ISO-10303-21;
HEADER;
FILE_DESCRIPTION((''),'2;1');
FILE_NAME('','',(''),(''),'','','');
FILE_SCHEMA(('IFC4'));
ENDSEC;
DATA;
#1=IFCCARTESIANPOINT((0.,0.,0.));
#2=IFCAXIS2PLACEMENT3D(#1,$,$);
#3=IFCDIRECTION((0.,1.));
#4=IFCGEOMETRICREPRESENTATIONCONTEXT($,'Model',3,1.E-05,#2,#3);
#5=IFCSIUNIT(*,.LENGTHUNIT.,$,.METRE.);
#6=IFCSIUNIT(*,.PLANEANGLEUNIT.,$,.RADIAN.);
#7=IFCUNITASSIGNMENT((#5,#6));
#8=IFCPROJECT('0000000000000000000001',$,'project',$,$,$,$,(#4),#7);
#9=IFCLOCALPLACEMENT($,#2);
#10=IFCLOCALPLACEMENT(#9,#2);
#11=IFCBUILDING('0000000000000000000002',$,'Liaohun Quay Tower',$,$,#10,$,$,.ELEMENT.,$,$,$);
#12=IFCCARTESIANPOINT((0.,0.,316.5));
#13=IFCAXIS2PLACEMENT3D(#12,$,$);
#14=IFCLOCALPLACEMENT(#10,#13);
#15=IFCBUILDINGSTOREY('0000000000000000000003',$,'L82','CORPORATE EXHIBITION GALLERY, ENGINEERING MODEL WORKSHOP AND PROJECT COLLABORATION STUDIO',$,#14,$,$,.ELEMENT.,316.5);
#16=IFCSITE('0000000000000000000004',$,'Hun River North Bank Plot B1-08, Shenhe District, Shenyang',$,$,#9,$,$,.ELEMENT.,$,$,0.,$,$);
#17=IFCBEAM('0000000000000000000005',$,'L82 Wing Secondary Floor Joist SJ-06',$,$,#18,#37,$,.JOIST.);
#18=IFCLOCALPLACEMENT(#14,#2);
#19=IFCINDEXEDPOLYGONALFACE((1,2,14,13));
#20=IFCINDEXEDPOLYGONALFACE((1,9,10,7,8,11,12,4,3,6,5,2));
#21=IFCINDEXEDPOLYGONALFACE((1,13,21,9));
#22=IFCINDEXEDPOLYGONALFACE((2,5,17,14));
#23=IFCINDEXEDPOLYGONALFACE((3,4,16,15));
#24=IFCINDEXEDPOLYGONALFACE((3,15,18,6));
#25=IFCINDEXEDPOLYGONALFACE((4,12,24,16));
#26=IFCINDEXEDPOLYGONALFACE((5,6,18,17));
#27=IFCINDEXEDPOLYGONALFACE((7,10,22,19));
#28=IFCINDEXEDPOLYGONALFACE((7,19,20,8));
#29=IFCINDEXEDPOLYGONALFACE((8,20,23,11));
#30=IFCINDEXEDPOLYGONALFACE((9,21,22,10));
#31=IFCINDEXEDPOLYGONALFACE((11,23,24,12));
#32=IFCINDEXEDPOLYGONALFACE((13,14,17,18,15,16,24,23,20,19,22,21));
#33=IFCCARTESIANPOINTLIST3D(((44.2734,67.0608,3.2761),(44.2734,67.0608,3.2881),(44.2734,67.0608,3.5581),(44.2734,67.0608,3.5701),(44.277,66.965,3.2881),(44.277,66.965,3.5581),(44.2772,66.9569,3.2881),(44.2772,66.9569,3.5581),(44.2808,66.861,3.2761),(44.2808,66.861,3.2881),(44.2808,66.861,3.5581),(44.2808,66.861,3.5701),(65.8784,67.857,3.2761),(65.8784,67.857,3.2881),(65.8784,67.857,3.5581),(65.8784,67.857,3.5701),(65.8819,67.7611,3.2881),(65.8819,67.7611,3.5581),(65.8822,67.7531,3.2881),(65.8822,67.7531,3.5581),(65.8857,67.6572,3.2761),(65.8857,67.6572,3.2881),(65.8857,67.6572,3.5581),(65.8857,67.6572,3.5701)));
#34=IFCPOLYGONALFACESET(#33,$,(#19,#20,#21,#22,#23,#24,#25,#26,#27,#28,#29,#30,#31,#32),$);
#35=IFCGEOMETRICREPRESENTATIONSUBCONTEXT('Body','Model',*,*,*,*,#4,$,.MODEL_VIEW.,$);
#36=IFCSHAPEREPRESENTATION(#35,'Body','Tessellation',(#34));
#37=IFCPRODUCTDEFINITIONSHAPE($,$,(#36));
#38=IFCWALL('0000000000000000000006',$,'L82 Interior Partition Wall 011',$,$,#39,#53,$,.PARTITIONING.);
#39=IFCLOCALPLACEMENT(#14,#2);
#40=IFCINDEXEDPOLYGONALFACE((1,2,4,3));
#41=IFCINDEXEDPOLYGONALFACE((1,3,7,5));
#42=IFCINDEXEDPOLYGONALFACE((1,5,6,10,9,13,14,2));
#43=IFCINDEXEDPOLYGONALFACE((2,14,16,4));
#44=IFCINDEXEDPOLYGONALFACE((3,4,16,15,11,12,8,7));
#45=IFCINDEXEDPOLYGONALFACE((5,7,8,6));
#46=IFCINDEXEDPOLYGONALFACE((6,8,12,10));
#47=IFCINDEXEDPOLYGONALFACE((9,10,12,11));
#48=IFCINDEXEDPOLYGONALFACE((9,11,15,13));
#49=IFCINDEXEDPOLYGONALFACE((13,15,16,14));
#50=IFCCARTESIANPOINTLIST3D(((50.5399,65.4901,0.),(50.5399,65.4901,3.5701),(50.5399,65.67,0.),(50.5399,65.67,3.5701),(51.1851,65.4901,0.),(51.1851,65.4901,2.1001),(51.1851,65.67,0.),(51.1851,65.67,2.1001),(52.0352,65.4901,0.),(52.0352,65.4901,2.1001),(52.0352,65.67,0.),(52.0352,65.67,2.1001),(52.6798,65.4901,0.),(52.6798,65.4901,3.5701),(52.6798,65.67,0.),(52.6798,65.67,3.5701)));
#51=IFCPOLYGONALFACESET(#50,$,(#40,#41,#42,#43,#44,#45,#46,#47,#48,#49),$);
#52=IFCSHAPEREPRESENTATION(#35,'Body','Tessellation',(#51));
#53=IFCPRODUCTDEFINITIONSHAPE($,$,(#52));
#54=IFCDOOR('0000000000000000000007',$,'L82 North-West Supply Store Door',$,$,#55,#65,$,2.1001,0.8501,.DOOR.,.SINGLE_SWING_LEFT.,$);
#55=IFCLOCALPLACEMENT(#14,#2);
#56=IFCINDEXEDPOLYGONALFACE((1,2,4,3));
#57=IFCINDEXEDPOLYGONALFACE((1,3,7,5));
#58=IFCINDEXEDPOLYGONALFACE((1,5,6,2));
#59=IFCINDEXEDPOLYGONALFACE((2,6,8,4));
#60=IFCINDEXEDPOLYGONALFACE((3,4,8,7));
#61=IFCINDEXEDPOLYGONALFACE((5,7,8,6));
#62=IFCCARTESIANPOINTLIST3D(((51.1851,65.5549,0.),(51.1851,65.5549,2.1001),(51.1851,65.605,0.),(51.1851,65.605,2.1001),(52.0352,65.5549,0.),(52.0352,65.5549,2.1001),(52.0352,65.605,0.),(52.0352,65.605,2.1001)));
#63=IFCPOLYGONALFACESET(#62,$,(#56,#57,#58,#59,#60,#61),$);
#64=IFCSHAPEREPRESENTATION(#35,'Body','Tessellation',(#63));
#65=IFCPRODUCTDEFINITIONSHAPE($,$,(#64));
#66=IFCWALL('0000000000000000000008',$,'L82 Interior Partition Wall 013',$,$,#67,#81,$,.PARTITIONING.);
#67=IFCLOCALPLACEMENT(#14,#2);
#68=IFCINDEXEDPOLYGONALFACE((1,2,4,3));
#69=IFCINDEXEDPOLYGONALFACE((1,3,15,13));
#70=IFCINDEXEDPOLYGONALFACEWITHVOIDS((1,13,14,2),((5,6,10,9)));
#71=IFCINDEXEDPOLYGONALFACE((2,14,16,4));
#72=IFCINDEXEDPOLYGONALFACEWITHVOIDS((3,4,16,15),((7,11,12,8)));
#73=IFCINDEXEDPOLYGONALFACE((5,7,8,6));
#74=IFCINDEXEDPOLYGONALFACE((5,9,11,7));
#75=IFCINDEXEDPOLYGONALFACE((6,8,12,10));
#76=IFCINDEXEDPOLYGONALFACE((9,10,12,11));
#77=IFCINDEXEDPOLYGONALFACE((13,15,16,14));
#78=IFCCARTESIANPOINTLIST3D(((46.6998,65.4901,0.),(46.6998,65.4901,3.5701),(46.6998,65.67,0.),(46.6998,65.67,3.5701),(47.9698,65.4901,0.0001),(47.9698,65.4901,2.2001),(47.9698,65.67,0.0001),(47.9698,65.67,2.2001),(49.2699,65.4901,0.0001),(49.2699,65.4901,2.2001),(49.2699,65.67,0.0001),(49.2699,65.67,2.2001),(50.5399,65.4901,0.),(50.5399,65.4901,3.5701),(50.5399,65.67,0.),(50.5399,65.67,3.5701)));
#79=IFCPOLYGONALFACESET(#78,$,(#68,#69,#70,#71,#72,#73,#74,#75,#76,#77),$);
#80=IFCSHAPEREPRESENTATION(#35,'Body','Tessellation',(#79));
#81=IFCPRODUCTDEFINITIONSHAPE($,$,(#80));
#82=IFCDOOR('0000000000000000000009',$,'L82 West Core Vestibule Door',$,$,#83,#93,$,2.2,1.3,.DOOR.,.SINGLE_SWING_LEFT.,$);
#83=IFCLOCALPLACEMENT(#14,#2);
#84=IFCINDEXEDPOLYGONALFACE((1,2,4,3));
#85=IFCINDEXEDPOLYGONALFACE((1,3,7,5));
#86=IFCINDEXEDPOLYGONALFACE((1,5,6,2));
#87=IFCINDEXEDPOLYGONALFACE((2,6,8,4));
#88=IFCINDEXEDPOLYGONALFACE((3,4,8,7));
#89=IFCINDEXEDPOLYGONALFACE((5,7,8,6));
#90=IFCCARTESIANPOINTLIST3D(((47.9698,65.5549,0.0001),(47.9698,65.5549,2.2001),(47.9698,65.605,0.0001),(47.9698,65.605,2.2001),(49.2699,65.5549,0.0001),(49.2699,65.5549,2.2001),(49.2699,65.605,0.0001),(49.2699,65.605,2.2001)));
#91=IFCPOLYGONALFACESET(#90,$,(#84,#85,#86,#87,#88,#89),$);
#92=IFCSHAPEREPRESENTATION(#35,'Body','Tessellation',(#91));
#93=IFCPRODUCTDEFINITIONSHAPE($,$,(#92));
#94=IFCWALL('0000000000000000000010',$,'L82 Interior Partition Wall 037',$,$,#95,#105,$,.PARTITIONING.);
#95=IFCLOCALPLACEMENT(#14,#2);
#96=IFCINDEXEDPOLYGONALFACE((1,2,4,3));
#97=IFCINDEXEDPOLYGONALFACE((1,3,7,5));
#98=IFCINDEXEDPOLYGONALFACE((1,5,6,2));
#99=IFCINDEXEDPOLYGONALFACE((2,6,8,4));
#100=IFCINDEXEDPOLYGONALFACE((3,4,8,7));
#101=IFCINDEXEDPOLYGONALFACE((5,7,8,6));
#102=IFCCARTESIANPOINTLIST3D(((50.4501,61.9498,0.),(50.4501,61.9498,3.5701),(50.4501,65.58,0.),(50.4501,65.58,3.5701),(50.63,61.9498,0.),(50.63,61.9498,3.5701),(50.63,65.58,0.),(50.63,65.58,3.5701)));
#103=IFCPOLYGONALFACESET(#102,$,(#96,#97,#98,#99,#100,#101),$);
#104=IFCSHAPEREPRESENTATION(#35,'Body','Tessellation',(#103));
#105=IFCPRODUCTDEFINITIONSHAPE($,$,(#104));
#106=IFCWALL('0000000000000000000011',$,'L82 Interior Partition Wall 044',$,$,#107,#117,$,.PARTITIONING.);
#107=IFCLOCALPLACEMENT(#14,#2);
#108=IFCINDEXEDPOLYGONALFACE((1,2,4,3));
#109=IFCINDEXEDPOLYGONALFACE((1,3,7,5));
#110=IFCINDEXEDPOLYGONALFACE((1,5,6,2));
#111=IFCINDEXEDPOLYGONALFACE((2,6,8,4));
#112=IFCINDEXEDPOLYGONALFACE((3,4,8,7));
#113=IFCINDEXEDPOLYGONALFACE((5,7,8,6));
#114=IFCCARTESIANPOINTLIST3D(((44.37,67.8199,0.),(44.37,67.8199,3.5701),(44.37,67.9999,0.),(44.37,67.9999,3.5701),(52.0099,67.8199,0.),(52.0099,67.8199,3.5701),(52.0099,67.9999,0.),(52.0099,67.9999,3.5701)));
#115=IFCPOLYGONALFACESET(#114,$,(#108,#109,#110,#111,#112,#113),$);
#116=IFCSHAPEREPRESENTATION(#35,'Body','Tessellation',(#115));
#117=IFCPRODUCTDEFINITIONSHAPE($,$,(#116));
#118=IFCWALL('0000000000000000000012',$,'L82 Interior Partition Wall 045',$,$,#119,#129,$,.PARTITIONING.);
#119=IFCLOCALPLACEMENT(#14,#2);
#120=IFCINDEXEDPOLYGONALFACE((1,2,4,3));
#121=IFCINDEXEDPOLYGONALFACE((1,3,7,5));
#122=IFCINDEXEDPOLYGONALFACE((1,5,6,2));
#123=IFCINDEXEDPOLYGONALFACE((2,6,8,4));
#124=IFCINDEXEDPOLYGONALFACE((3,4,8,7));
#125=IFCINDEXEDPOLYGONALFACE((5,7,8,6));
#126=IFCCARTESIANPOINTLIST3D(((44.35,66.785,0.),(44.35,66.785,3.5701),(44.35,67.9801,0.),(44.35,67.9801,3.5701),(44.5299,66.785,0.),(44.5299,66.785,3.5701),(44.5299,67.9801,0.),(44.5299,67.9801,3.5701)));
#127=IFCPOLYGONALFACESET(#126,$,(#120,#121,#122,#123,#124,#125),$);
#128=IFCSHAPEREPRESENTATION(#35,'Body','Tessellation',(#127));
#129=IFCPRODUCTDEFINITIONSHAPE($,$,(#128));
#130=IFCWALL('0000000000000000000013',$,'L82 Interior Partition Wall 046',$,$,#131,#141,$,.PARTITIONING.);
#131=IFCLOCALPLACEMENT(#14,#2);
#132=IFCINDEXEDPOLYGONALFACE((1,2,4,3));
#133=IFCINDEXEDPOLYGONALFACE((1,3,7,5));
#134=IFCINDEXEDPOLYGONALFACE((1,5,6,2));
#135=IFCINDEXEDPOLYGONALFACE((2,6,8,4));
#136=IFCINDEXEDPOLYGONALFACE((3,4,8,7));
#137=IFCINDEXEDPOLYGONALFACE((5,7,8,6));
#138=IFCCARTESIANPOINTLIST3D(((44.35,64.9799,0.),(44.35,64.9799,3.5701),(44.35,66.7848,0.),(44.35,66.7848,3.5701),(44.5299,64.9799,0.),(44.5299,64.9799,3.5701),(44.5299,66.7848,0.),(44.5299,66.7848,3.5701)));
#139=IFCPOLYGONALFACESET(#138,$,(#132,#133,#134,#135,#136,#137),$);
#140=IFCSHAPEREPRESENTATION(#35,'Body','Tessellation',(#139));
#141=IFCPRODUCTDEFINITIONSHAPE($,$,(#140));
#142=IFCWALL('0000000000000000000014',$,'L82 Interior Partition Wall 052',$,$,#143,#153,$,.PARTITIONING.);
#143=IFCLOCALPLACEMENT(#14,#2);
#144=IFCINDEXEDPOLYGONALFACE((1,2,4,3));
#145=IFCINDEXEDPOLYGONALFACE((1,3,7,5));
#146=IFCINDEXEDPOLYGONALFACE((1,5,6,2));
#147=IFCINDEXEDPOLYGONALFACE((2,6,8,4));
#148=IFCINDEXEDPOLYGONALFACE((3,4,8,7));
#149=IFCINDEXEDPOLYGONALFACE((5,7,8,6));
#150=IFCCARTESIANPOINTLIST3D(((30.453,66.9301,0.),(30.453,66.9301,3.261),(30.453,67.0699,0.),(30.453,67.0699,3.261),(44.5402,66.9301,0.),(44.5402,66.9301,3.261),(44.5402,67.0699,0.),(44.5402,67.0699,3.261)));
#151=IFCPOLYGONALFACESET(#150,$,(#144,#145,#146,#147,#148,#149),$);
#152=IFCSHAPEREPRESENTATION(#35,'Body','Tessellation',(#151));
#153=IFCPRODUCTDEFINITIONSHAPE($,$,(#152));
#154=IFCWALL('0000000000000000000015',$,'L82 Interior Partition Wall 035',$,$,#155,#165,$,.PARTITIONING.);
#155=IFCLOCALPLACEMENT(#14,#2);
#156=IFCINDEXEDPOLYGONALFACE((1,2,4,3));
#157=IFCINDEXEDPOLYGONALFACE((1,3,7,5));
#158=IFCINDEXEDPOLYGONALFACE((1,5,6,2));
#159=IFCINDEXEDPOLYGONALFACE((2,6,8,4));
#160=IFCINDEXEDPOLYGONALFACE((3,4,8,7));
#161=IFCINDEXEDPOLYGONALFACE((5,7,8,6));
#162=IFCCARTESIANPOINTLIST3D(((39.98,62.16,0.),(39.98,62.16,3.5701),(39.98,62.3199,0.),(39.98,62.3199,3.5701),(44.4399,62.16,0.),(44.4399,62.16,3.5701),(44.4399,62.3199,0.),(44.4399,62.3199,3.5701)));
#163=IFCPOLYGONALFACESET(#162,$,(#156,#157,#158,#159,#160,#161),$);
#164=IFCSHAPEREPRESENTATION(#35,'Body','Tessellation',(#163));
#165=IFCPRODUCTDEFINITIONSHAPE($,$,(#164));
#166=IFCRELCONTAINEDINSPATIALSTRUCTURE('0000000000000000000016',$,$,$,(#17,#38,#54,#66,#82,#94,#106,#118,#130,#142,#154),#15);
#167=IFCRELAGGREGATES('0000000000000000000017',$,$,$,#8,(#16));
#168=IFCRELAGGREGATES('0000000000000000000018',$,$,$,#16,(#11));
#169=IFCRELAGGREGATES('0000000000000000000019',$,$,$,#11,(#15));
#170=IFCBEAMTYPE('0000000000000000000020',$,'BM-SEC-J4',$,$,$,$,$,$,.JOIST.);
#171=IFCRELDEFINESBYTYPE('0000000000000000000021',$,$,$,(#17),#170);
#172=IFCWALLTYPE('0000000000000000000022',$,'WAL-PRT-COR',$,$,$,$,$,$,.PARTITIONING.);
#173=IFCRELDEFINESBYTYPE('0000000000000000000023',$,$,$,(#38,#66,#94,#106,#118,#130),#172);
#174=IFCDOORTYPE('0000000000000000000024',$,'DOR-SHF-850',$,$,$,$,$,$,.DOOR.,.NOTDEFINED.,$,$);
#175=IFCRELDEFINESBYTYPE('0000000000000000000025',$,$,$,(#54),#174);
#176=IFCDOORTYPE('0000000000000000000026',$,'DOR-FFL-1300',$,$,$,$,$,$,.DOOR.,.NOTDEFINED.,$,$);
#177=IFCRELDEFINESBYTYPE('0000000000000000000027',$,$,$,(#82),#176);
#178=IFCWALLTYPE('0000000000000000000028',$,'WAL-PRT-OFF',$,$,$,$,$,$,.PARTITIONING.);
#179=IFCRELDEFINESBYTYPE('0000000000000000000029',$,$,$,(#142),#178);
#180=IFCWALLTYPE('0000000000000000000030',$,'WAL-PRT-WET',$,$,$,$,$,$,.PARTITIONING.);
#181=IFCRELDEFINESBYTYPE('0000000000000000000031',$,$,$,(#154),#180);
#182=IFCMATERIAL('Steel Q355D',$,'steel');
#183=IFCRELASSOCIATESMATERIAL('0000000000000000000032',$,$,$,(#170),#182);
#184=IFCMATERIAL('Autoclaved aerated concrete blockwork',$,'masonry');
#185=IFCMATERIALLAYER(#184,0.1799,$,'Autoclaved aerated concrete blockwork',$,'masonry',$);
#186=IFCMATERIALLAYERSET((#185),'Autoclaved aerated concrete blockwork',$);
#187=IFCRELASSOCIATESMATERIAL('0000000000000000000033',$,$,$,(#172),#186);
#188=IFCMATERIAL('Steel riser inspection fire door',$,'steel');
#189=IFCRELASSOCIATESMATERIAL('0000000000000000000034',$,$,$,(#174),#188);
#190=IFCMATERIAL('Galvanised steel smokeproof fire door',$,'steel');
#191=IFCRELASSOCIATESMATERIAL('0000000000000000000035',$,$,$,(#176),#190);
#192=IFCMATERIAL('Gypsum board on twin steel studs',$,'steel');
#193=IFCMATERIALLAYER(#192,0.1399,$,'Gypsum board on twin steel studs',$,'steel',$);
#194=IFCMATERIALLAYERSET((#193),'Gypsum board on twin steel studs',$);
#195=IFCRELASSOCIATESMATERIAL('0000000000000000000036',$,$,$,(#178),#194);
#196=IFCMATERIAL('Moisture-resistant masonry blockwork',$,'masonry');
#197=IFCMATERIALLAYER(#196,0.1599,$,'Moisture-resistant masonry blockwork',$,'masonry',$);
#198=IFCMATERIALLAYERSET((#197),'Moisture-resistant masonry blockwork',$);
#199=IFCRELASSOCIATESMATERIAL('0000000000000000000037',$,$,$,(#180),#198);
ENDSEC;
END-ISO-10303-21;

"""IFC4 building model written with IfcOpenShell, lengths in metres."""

from ifc_helpers import new_model, si_unit, direction, frame, frame_2d, origin, origin_2d, place, context, subcontext, project, spatial, rectangle, i_section, extrude, source, transform, mapped, material, layer, layer_set, material_profile, profile_set, type_object, element, fill, save


model = new_model("IFC4")

# Units and contexts
model_context = context("Model", 3, precision=1e-05, world=origin(), true_north=direction((0.0, 1.0)))
body_context = subcontext(model_context, "Body", "Model", "MODEL_VIEW")
ifc_project = project(units=[si_unit("LENGTHUNIT", "METRE"), si_unit("PLANEANGLEUNIT", "RADIAN")], contexts=[model_context])

# Site, building, storey
site_placement = place(None, origin())
site = spatial("IfcSite", under=ifc_project, at=site_placement, Name="Hun River North Bank Plot B1-08, Shenhe District, Shenyang", CompositionType="ELEMENT", RefElevation=0.0)
building_placement = place(site_placement, origin())
building = spatial("IfcBuilding", under=site, at=building_placement, Name="Liaohun Quay Tower", CompositionType="ELEMENT")
storey_placement = place(building_placement, frame((0.0, 0.0, 316.5)))
storey = spatial("IfcBuildingStorey", under=building, at=storey_placement, Name="L82", Description="CORPORATE EXHIBITION GALLERY, ENGINEERING MODEL WORKSHOP AND PROJECT COLLABORATION STUDIO", CompositionType="ELEMENT", Elevation=316.5)

# Beam
ifc_material_1 = material(Name="Steel Q355D", Category="steel")
ifc_material_profile = material_profile(ifc_material_1, i_section(OverallWidth=0.2, OverallDepth=0.2939, WebThickness=0.0081, FlangeThickness=0.012, at=origin_2d()), Name="HM294x200x8x12")
ifc_profile_set = profile_set([ifc_material_profile], Name="Steel Q355D")
beam_type = type_object("IfcBeamType", Name="BM-SEC-J4", PredefinedType="JOIST", material=ifc_profile_set)
shared_shape_1 = source(origin(), body_context, "Body", "SweptSolid", [
    extrude(i_section(OverallWidth=0.2, OverallDepth=0.2939, WebThickness=0.0081, FlangeThickness=0.012, at=origin_2d()), origin(), (0.0, 0.0, 1.0), 21.6196),
])
beam_placement = place(storey_placement, frame((44.2771, 66.9609, 3.4231), z_axis=(0.999322, 0.036825, 0.0), x_axis=(-0.036825, 0.999322, 0.0)))
element("IfcBeam", 1, at=beam_placement, inside=storey, type_object=beam_type, Name="L82 Wing Secondary Floor Joist SJ-06", PredefinedType="JOIST", context=body_context, shape_type="MappedRepresentation", body=[
    mapped(shared_shape_1, transform((0.0, 0.0, 0.0), x_axis=(1.0, 0.0, 0.0), y_axis=(0.0, 1.0, 0.0), z_axis=(0.0, 0.0, 1.0), scale=1.0)),
])

# Walls, openings, doors
ifc_material_2 = material(Name="Autoclaved aerated concrete blockwork", Category="masonry")
ifc_layer_1 = layer(ifc_material_2, 0.1799, Name="Autoclaved aerated concrete blockwork", Category="masonry")
ifc_layer_set_1 = layer_set([ifc_layer_1], Name="Autoclaved aerated concrete blockwork")
wall_type_1 = type_object("IfcWallType", Name="WAL-PRT-COR", PredefinedType="PARTITIONING", material=ifc_layer_set_1)
wall_1_placement = place(storey_placement, frame((50.54, 65.5801, 0.0), z_axis=(0.0, 0.0, 1.0), x_axis=(1.0, 0.0, 0.0)))
wall_1 = element("IfcWall", 2, at=wall_1_placement, inside=storey, type_object=wall_type_1, Name="L82 Interior Partition Wall 011", PredefinedType="PARTITIONING", context=body_context, shape_type="SweptSolid", body=[
    extrude(rectangle(XDim=2.1399, YDim=0.1799, at=frame_2d((1.0698, 0.0))), origin(), (0.0, 0.0, 1.0), 3.5701),
])
shared_shape_2 = source(origin(), body_context, "Body", "SweptSolid", [
    extrude(rectangle(XDim=0.8501, YDim=2.1001, at=frame_2d((0.425, 1.05))), frame((0.0, 0.0999, 0.0), z_axis=(0.0, -1.0, 0.0), x_axis=(1.0, 0.0, 0.0)), (0.0, 0.0, 1.0), 0.2),
])
opening_1_placement = place(wall_1_placement, frame((0.645, 0.0, 0.0)))
opening_1 = element("IfcOpeningElement", 3, at=opening_1_placement, cuts=wall_1, PredefinedType="OPENING", context=body_context, shape_type="MappedRepresentation", body=[
    mapped(shared_shape_2, transform((0.0, 0.0, 0.0), x_axis=(1.0, 0.0, 0.0), y_axis=(0.0, 1.0, 0.0), z_axis=(0.0, 0.0, 1.0), scale=1.0)),
])
ifc_material_3 = material(Name="Steel riser inspection fire door", Category="steel")
door_type_1 = type_object("IfcDoorType", Name="DOR-SHF-850", OperationType="NOTDEFINED", PredefinedType="DOOR", material=ifc_material_3)
shared_shape_3 = source(origin(), body_context, "Body", "SweptSolid", [
    extrude(rectangle(XDim=0.8501, YDim=2.1001, at=frame_2d((0.425, 1.05))), frame((0.0, 0.0249, 0.0), z_axis=(0.0, -1.0, 0.0), x_axis=(1.0, 0.0, 0.0)), (0.0, 0.0, 1.0), 0.05),
])
door_1_placement = place(opening_1_placement, origin())
door_1 = element("IfcDoor", 4, at=door_1_placement, inside=storey, type_object=door_type_1, Name="L82 North-West Supply Store Door", OperationType="SINGLE_SWING_LEFT", OverallHeight=2.1001, OverallWidth=0.8501, PredefinedType="DOOR", context=body_context, shape_type="MappedRepresentation", body=[
    mapped(shared_shape_3, transform((0.0, 0.0, 0.0), x_axis=(1.0, 0.0, 0.0), y_axis=(0.0, 1.0, 0.0), z_axis=(0.0, 0.0, 1.0), scale=1.0)),
])
fill(opening_1, door_1)
wall_2_placement = place(storey_placement, frame((46.7, 65.5801, 0.0), z_axis=(0.0, 0.0, 1.0), x_axis=(1.0, 0.0, 0.0)))
wall_2 = element("IfcWall", 5, at=wall_2_placement, inside=storey, type_object=wall_type_1, Name="L82 Interior Partition Wall 013", PredefinedType="PARTITIONING", context=body_context, shape_type="SweptSolid", body=[
    extrude(rectangle(XDim=3.8401, YDim=0.1799, at=frame_2d((1.9199, 0.0))), origin(), (0.0, 0.0, 1.0), 3.5701),
])
shared_shape_4 = source(origin(), body_context, "Body", "SweptSolid", [
    extrude(rectangle(XDim=1.3, YDim=2.2, at=frame_2d((0.6499, 1.1001))), frame((0.0, 0.0999, 0.0), z_axis=(0.0, -1.0, 0.0), x_axis=(1.0, 0.0, 0.0)), (0.0, 0.0, 1.0), 0.2),
])
opening_2_placement = place(wall_2_placement, frame((1.27, 0.0, 0.0)))
opening_2 = element("IfcOpeningElement", 6, at=opening_2_placement, cuts=wall_2, PredefinedType="OPENING", context=body_context, shape_type="MappedRepresentation", body=[
    mapped(shared_shape_4, transform((0.0, 0.0, 0.0), x_axis=(1.0, 0.0, 0.0), y_axis=(0.0, 1.0, 0.0), z_axis=(0.0, 0.0, 1.0), scale=1.0)),
])
ifc_material_4 = material(Name="Galvanised steel smokeproof fire door", Category="steel")
door_type_2 = type_object("IfcDoorType", Name="DOR-FFL-1300", OperationType="NOTDEFINED", PredefinedType="DOOR", material=ifc_material_4)
shared_shape_5 = source(origin(), body_context, "Body", "SweptSolid", [
    extrude(rectangle(XDim=1.3, YDim=2.2, at=frame_2d((0.6499, 1.1001))), frame((0.0, 0.0249, 0.0), z_axis=(0.0, -1.0, 0.0), x_axis=(1.0, 0.0, 0.0)), (0.0, 0.0, 1.0), 0.05),
])
door_2_placement = place(opening_2_placement, origin())
door_2 = element("IfcDoor", 7, at=door_2_placement, inside=storey, type_object=door_type_2, Name="L82 West Core Vestibule Door", OperationType="SINGLE_SWING_LEFT", OverallHeight=2.2, OverallWidth=1.3, PredefinedType="DOOR", context=body_context, shape_type="MappedRepresentation", body=[
    mapped(shared_shape_5, transform((0.0, 0.0, 0.0), x_axis=(1.0, 0.0, 0.0), y_axis=(0.0, 1.0, 0.0), z_axis=(0.0, 0.0, 1.0), scale=1.0)),
])
fill(opening_2, door_2)

# Walls
wall_3_placement = place(storey_placement, frame((50.54, 61.95, 0.0), z_axis=(0.0, 0.0, 1.0), x_axis=(0.0, 1.0, 0.0)))
element("IfcWall", 8, at=wall_3_placement, inside=storey, type_object=wall_type_1, Name="L82 Interior Partition Wall 037", PredefinedType="PARTITIONING", context=body_context, shape_type="SweptSolid", body=[
    extrude(rectangle(XDim=3.6301, YDim=0.1799, at=frame_2d((1.8149, 0.0))), origin(), (0.0, 0.0, 1.0), 3.5701),
])
wall_4_placement = place(storey_placement, frame((44.3701, 67.9099, 0.0), z_axis=(0.0, 0.0, 1.0), x_axis=(1.0, 0.0, 0.0)))
element("IfcWall", 9, at=wall_4_placement, inside=storey, type_object=wall_type_1, Name="L82 Interior Partition Wall 044", PredefinedType="PARTITIONING", context=body_context, shape_type="SweptSolid", body=[
    extrude(rectangle(XDim=7.6399, YDim=0.1799, at=frame_2d((3.8198, 0.0))), origin(), (0.0, 0.0, 1.0), 3.5701),
])
wall_5_placement = place(storey_placement, frame((44.4399, 66.7849, 0.0), z_axis=(0.0, 0.0, 1.0), x_axis=(0.0, 1.0, 0.0)))
element("IfcWall", 10, at=wall_5_placement, inside=storey, type_object=wall_type_1, Name="L82 Interior Partition Wall 045", PredefinedType="PARTITIONING", context=body_context, shape_type="SweptSolid", body=[
    extrude(rectangle(XDim=1.1951, YDim=0.1799, at=frame_2d((0.5977, 0.0))), origin(), (0.0, 0.0, 1.0), 3.5701),
])
wall_6_placement = place(storey_placement, frame((44.4399, 64.98, 0.0), z_axis=(0.0, 0.0, 1.0), x_axis=(0.0, 1.0, 0.0)))
element("IfcWall", 11, at=wall_6_placement, inside=storey, type_object=wall_type_1, Name="L82 Interior Partition Wall 046", PredefinedType="PARTITIONING", context=body_context, shape_type="SweptSolid", body=[
    extrude(rectangle(XDim=1.8049, YDim=0.1799, at=frame_2d((0.9023, 0.0))), origin(), (0.0, 0.0, 1.0), 3.5701),
])
ifc_material_5 = material(Name="Gypsum board on twin steel studs", Category="steel")
ifc_layer_2 = layer(ifc_material_5, 0.1399, Name="Gypsum board on twin steel studs", Category="steel")
ifc_layer_set_2 = layer_set([ifc_layer_2], Name="Gypsum board on twin steel studs")
wall_type_2 = type_object("IfcWallType", Name="WAL-PRT-OFF", PredefinedType="PARTITIONING", material=ifc_layer_set_2)
wall_7_placement = place(storey_placement, frame((44.54, 67.0, 0.0), z_axis=(0.0, 0.0, 1.0), x_axis=(-1.0, 0.0, 0.0)))
element("IfcWall", 12, at=wall_7_placement, inside=storey, type_object=wall_type_2, Name="L82 Interior Partition Wall 052", PredefinedType="PARTITIONING", context=body_context, shape_type="SweptSolid", body=[
    extrude(rectangle(XDim=14.0872, YDim=0.1399, at=frame_2d((7.0435, 0.0))), origin(), (0.0, 0.0, 1.0), 3.261),
])

# Shared definitions
ifc_material_6 = material(Name="Moisture-resistant masonry blockwork", Category="masonry")
ifc_layer_3 = layer(ifc_material_6, 0.1599, Name="Moisture-resistant masonry blockwork", Category="masonry")
ifc_layer_set_3 = layer_set([ifc_layer_3], Name="Moisture-resistant masonry blockwork")
wall_type_3 = type_object("IfcWallType", Name="WAL-PRT-WET", PredefinedType="PARTITIONING", material=ifc_layer_set_3)

# Wall
for number, where, z_axis, x_axis, name in (
    (13, (39.98, 62.24, 0.0), (0.0, 0.0, 1.0), (1.0, 0.0, 0.0), "L82 Interior Partition Wall 035"),
):
    element("IfcWall", number, at=place(storey_placement, frame(where, z_axis=z_axis, x_axis=x_axis)), inside=storey, type_object=wall_type_3, Name=name, PredefinedType="PARTITIONING", context=body_context, shape_type="SweptSolid", body=[
        extrude(rectangle(XDim=4.46, YDim=0.1599, at=frame_2d((2.23, 0.0))), origin(), (0.0, 0.0, 1.0), 3.5701),
    ])

save(model, "model.ifc")
